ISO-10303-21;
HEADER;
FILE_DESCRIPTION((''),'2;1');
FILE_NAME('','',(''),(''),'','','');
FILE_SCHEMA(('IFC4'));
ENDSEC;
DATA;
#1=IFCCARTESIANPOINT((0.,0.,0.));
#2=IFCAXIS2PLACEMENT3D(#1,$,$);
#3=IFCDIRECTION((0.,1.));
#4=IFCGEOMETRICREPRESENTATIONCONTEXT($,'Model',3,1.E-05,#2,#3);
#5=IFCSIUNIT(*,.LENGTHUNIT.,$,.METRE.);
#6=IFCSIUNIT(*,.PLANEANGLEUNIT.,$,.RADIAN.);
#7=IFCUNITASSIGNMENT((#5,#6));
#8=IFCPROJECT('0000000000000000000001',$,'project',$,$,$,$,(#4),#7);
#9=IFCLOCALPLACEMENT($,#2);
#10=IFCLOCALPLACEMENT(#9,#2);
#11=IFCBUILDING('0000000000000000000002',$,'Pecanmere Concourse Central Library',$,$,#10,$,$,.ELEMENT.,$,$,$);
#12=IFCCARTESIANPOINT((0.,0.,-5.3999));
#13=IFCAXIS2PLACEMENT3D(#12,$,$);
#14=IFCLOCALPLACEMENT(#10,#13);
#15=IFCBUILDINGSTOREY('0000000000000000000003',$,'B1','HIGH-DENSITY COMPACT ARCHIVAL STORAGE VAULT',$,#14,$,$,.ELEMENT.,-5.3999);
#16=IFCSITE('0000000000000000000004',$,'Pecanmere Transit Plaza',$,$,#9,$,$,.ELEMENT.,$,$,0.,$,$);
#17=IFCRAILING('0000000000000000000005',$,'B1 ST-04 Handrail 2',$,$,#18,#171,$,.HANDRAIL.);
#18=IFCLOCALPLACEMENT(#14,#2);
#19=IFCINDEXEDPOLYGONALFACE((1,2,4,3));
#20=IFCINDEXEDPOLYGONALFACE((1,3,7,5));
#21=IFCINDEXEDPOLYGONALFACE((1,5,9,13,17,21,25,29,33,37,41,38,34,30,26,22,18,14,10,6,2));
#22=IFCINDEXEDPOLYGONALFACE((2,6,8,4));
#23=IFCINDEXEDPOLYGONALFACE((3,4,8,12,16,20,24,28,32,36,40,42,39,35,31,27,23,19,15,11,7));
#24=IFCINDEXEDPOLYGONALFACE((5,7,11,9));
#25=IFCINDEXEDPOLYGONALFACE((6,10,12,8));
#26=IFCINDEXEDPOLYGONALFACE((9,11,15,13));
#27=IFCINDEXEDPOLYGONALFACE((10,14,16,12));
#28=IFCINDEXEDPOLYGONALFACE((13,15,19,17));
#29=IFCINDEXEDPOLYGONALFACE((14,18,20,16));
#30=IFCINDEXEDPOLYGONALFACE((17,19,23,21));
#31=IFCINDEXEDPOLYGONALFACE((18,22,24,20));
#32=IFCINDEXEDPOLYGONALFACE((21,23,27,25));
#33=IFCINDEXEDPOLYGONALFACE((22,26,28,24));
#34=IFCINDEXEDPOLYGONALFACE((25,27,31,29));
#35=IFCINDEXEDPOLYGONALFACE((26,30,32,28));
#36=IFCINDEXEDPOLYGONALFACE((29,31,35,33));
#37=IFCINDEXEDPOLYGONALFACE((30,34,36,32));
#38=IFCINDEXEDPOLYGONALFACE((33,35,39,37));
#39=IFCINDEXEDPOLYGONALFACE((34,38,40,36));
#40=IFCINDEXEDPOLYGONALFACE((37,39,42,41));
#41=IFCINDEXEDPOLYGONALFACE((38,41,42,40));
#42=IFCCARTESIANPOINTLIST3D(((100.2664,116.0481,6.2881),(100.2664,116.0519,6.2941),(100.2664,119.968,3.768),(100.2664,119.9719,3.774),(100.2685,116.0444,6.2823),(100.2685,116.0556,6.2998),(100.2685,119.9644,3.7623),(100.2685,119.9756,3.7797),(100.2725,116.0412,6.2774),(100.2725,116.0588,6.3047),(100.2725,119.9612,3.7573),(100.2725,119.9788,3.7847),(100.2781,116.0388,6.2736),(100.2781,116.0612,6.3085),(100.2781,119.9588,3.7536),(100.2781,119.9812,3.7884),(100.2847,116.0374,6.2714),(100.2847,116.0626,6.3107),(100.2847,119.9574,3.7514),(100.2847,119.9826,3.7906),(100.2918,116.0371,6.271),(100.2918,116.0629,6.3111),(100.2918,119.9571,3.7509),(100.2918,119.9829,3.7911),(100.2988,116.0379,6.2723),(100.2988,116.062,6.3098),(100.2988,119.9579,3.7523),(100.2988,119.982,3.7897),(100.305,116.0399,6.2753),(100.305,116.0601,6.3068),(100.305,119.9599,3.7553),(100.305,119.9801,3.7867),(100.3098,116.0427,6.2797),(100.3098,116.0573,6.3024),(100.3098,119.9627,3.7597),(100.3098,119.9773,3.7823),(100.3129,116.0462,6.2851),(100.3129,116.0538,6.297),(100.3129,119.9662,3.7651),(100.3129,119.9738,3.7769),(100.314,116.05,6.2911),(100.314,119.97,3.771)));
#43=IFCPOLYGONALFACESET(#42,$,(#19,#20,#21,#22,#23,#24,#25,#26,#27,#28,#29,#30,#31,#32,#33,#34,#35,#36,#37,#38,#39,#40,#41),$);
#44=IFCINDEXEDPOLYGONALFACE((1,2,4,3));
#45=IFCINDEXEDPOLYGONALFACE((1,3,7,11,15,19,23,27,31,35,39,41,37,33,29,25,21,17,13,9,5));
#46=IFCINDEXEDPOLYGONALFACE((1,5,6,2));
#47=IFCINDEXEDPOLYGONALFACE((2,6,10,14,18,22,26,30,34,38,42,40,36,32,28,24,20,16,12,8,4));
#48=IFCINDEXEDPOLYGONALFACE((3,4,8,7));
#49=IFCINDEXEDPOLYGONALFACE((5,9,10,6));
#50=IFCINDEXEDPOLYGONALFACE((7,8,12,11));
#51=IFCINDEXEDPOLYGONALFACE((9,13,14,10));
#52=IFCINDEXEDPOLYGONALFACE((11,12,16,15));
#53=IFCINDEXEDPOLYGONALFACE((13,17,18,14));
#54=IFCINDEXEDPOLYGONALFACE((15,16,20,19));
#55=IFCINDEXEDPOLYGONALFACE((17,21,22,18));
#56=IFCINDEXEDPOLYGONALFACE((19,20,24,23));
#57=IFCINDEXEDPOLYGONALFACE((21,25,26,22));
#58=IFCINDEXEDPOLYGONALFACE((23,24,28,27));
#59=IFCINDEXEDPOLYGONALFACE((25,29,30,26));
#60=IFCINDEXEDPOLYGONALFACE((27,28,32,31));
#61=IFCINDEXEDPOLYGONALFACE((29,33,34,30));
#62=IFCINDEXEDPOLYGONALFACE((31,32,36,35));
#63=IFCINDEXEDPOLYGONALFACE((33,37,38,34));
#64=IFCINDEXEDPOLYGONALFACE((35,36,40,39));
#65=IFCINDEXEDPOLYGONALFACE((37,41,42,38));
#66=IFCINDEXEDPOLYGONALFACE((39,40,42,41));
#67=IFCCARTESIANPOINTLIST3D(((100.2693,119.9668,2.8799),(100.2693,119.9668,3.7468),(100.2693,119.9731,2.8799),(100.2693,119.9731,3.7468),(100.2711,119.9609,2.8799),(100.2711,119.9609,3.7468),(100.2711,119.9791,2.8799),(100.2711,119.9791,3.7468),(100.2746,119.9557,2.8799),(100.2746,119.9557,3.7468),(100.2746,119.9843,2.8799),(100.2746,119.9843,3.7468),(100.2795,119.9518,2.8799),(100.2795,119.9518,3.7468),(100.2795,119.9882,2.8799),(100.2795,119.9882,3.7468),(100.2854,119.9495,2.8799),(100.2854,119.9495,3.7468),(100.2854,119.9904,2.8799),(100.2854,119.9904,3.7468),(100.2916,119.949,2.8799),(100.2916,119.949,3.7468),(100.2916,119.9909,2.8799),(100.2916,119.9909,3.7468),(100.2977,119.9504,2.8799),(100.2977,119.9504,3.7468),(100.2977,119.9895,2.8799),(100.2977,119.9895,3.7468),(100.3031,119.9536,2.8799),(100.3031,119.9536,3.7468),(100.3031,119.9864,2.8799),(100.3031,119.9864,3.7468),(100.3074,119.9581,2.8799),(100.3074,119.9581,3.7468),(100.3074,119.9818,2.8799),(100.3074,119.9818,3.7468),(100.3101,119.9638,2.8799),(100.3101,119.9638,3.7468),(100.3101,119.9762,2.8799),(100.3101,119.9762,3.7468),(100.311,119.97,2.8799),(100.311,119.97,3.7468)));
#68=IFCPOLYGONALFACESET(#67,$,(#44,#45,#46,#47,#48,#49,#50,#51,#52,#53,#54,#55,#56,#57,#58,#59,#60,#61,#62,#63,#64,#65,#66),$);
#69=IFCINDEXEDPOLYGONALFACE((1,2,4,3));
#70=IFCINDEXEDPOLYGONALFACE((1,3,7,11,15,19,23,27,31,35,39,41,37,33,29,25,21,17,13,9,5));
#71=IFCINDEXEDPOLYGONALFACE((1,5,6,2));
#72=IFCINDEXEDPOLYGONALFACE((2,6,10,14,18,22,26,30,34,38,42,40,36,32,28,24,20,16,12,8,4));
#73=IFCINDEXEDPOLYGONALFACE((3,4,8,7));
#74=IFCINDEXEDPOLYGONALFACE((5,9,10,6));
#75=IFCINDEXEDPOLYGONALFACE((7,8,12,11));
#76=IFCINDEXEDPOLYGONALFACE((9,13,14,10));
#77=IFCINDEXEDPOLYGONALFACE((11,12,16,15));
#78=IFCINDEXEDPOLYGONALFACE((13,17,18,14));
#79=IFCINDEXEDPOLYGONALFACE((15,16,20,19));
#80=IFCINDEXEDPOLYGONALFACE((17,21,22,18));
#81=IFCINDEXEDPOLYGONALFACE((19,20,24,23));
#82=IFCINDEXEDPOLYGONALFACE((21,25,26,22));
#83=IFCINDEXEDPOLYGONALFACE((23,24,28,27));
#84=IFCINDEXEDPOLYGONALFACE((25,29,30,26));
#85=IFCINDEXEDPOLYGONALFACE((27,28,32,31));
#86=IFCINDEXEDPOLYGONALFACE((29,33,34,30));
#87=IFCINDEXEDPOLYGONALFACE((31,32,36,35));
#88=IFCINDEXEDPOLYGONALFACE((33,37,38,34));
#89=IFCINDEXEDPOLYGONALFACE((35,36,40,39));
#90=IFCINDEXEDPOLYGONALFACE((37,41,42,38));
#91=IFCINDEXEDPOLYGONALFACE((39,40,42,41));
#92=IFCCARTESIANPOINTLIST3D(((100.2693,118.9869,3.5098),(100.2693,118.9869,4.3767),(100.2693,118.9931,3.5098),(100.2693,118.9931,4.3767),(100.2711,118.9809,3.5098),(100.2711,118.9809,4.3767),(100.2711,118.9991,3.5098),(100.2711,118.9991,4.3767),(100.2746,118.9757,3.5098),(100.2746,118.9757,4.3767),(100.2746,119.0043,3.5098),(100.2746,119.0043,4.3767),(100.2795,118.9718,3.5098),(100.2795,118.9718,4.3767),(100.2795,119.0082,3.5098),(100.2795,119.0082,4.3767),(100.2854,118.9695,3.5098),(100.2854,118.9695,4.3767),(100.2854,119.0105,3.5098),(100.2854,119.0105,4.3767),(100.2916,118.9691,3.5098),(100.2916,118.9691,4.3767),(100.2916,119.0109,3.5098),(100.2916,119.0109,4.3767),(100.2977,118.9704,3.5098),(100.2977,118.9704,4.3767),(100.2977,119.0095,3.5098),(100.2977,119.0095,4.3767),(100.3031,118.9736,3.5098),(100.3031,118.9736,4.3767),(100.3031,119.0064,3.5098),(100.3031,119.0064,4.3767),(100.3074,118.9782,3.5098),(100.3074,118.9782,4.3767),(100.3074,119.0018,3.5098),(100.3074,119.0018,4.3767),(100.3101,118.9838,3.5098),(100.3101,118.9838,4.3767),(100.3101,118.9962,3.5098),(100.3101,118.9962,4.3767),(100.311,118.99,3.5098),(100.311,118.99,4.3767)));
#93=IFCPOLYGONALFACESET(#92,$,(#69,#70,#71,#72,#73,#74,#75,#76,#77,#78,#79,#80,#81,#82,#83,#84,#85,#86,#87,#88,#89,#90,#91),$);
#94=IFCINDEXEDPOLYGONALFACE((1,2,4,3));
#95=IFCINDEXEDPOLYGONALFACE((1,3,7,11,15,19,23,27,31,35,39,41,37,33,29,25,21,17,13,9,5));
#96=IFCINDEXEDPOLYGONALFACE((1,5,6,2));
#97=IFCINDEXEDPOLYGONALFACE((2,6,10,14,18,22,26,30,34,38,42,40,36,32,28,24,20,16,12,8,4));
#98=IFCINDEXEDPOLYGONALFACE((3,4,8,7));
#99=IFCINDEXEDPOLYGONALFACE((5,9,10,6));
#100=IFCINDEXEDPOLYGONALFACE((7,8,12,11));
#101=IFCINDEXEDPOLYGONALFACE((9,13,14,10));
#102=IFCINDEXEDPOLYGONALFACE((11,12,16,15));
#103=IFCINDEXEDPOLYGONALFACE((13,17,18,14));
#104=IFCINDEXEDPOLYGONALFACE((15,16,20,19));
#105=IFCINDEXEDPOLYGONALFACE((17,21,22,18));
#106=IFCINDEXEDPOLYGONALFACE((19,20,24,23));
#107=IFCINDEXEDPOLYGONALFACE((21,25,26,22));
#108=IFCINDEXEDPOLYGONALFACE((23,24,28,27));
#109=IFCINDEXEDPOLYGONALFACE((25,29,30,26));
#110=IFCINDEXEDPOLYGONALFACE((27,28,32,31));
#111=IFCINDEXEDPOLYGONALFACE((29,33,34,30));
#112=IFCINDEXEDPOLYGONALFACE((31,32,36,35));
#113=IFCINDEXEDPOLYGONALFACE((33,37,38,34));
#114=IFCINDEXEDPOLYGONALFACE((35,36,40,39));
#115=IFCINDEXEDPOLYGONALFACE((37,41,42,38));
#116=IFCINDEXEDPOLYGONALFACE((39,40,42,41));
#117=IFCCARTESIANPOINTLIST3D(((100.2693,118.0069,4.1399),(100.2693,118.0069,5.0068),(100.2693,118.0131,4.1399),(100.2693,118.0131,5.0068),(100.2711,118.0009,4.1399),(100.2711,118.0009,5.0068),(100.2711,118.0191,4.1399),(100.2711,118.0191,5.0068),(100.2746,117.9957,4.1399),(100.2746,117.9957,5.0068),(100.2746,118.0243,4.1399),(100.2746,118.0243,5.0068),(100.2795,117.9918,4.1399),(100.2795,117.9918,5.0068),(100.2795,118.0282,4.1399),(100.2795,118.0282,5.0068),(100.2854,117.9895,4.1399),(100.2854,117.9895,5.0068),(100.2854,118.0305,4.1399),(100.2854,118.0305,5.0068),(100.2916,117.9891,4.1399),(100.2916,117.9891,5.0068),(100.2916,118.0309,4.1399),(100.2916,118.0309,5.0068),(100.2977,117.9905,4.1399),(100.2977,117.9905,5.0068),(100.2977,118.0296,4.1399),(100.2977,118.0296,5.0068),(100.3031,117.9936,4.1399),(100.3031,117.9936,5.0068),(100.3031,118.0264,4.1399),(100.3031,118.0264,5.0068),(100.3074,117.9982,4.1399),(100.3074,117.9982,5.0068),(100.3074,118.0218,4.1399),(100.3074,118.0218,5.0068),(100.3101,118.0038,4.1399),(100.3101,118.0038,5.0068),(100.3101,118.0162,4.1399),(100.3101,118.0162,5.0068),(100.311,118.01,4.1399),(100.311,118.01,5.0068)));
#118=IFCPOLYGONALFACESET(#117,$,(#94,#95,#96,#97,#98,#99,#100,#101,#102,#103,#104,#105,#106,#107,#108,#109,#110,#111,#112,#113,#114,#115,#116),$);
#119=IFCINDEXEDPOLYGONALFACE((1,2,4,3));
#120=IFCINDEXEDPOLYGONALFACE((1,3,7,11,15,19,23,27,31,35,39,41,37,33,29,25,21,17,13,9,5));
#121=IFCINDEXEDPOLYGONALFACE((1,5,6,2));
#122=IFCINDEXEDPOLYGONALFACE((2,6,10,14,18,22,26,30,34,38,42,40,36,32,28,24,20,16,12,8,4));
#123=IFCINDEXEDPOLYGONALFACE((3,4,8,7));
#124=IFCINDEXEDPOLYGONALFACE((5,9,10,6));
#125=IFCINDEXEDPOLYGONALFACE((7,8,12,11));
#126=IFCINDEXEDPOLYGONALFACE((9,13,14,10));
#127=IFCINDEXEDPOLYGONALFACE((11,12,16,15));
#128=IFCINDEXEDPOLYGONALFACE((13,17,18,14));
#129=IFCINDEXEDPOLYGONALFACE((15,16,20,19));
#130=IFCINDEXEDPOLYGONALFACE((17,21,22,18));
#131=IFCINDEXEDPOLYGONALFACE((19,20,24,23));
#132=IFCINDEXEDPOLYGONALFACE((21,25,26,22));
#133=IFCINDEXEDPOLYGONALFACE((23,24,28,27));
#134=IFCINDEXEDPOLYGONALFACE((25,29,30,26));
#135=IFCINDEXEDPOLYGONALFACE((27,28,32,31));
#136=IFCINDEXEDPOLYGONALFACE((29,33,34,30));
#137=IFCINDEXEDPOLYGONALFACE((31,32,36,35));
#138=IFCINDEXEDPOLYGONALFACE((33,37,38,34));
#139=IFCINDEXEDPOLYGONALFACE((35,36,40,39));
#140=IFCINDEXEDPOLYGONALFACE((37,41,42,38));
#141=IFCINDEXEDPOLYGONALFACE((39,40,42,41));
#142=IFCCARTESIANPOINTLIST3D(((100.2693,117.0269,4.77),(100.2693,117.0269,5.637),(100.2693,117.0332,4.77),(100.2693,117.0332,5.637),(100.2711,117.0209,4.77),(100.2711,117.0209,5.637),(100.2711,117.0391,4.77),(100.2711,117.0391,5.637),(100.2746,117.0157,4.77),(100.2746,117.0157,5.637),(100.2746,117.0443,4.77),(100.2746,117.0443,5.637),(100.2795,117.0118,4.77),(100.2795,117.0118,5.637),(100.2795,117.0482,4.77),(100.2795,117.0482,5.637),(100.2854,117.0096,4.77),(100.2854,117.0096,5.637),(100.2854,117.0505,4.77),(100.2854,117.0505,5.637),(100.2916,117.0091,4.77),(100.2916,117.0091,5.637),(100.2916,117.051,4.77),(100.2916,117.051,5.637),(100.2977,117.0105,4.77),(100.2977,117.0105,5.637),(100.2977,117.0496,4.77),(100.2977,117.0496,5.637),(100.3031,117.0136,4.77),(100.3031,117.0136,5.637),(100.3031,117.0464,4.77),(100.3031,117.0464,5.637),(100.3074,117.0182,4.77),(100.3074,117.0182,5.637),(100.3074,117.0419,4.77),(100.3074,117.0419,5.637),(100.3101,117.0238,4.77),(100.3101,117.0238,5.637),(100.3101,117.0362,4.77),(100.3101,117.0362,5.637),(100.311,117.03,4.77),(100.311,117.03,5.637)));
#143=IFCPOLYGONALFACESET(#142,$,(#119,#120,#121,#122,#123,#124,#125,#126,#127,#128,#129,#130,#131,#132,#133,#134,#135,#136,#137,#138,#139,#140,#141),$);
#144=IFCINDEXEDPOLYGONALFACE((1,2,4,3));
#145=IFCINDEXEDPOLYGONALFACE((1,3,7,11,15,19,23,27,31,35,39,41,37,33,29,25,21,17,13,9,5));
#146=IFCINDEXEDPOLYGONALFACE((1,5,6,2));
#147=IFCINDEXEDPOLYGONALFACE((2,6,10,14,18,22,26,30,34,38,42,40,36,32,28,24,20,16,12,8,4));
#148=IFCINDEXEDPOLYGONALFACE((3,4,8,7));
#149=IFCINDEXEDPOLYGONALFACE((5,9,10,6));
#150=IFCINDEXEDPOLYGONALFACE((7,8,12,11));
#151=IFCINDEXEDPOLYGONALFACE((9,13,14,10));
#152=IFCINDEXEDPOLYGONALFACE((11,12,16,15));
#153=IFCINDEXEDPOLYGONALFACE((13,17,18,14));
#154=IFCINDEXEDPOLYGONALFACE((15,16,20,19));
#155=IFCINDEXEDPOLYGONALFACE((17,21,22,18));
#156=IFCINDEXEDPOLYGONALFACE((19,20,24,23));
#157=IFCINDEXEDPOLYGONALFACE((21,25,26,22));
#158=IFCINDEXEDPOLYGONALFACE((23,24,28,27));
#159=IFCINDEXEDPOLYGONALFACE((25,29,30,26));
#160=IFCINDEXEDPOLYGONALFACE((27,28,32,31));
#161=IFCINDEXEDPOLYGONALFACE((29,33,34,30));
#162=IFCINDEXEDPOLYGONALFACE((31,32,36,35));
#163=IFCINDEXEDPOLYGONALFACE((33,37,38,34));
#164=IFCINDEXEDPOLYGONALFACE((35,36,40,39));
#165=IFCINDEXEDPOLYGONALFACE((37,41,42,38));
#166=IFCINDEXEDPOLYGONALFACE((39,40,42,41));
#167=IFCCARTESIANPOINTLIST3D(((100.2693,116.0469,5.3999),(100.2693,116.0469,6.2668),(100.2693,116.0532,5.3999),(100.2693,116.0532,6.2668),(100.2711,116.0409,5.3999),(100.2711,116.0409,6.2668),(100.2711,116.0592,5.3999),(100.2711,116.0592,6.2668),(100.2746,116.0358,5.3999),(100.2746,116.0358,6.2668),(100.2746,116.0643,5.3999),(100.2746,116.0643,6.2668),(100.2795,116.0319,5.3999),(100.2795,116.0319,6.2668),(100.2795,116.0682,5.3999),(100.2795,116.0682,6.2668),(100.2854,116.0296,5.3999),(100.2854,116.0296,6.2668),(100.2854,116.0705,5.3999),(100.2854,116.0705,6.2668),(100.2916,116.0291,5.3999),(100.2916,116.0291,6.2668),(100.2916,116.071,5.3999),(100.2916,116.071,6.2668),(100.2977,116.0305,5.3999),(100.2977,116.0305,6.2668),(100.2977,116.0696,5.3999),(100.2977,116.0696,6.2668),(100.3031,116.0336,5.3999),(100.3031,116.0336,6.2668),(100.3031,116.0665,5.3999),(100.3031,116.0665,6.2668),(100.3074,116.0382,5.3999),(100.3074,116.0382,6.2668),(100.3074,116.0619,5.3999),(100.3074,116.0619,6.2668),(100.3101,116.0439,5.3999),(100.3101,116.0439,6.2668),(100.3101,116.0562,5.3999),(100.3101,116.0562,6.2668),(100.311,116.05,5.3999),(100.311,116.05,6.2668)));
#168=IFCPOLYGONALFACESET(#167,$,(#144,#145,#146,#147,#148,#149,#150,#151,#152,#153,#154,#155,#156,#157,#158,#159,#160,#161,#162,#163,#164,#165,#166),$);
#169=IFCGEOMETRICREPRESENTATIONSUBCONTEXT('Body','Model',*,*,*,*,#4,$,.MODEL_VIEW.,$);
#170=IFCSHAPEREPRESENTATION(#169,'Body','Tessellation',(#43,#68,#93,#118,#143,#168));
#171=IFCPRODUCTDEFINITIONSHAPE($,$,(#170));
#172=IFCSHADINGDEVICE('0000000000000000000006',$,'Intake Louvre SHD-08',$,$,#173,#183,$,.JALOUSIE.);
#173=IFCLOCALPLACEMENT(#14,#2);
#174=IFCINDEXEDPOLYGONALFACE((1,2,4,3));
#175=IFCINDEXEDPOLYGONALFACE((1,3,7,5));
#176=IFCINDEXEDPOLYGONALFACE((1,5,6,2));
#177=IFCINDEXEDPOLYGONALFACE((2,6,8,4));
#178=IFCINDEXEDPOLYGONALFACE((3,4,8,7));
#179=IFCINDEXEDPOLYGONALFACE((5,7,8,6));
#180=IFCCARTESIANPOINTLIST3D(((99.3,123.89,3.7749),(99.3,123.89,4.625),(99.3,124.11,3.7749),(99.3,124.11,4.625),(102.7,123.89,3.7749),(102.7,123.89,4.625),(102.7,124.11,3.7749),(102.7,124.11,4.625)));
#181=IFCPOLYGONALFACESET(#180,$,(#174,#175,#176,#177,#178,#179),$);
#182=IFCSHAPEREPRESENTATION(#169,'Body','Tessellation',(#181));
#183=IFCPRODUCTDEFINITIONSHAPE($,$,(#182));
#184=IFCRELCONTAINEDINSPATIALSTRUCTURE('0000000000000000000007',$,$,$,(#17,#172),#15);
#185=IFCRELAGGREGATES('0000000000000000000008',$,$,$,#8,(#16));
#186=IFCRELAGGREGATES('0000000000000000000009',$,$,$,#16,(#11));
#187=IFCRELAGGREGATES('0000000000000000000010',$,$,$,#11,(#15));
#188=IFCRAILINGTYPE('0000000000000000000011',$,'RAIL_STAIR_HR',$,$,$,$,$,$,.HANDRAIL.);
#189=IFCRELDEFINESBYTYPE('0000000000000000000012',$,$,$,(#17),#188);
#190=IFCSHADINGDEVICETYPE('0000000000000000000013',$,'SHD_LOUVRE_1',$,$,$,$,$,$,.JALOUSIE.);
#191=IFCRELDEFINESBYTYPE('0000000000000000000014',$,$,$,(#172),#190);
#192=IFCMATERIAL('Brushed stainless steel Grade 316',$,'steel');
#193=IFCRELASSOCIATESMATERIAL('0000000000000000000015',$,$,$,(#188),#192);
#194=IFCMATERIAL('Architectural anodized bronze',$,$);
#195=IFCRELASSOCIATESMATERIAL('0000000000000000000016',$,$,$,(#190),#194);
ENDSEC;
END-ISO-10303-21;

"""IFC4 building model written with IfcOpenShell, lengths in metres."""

from ifc_helpers import new_model, si_unit, direction, frame, origin, origin_2d, place, context, subcontext, project, spatial, rectangle, circle, extrude, material, type_object, element, save


model = new_model("IFC4")

# Units and contexts
model_context = context("Model", 3, precision=1e-05, world=origin(), true_north=direction((0.0, 1.0)))
body_context = subcontext(model_context, "Body", "Model", "MODEL_VIEW")
ifc_project = project(units=[si_unit("LENGTHUNIT", "METRE"), si_unit("PLANEANGLEUNIT", "RADIAN")], contexts=[model_context])

# Site, building, storey
site_placement = place(None, origin())
site = spatial("IfcSite", under=ifc_project, at=site_placement, Name="Pecanmere Transit Plaza", CompositionType="ELEMENT", RefElevation=0.0)
building_placement = place(site_placement, origin())
building = spatial("IfcBuilding", under=site, at=building_placement, Name="Pecanmere Concourse Central Library", CompositionType="ELEMENT")
storey_placement = place(building_placement, frame((0.0, 0.0, -5.3999)))
storey = spatial("IfcBuildingStorey", under=building, at=storey_placement, Name="B1", Description="HIGH-DENSITY COMPACT ARCHIVAL STORAGE VAULT", CompositionType="ELEMENT", Elevation=-5.3999)

# Railing
ifc_material_1 = material(Name="Brushed stainless steel Grade 316", Category="steel")
railing_type_1 = type_object("IfcRailingType", Name="RAIL_STAIR_HR", PredefinedType="HANDRAIL", material=ifc_material_1)
railing_1_placement = place(storey_placement, frame((100.29, 119.97, 2.8799)))
element("IfcRailing", 1, at=railing_1_placement, inside=storey, type_object=railing_type_1, Name="B1 ST-04 Handrail 2", PredefinedType="HANDRAIL", context=body_context, shape_type="SweptSolid", body=[
    extrude(circle(Radius=0.0239, at=origin_2d()), frame((0.0, 0.0, 0.8911), z_axis=(0.0, -0.841172, 0.540768), x_axis=(1.0, 0.0, 0.0)), (0.0, 0.0, 1.0), 4.6602),
    extrude(circle(Radius=0.021, at=origin_2d()), origin(), (0.0, 0.0, 1.0), 0.8669),
    extrude(circle(Radius=0.021, at=origin_2d()), frame((0.0, -0.98, 0.6299)), (0.0, 0.0, 1.0), 0.8669),
    extrude(circle(Radius=0.021, at=origin_2d()), frame((0.0, -1.96, 1.26)), (0.0, 0.0, 1.0), 0.8669),
    extrude(circle(Radius=0.021, at=origin_2d()), frame((0.0, -2.9399, 1.8901)), (0.0, 0.0, 1.0), 0.8669),
    extrude(circle(Radius=0.021, at=origin_2d()), frame((0.0, -3.9199, 2.52)), (0.0, 0.0, 1.0), 0.8669),
])

# Shading device
ifc_material_2 = material(Name="Architectural anodized bronze")
shading_device_type = type_object("IfcShadingDeviceType", Name="SHD_LOUVRE_1", PredefinedType="JALOUSIE", material=ifc_material_2)
shading_device_placement = place(storey_placement, frame((101.0, 124.0, 3.7749), z_axis=(0.0, 0.0, 1.0), x_axis=(1.0, 0.0, 0.0)))
element("IfcShadingDevice", 2, at=shading_device_placement, inside=storey, type_object=shading_device_type, Name="Intake Louvre SHD-08", PredefinedType="JALOUSIE", context=body_context, shape_type="SweptSolid", body=[
    extrude(rectangle(XDim=3.3999, YDim=0.22, at=origin_2d()), origin(), (0.0, 0.0, 1.0), 0.8501),
])

save(model, "model.ifc")
